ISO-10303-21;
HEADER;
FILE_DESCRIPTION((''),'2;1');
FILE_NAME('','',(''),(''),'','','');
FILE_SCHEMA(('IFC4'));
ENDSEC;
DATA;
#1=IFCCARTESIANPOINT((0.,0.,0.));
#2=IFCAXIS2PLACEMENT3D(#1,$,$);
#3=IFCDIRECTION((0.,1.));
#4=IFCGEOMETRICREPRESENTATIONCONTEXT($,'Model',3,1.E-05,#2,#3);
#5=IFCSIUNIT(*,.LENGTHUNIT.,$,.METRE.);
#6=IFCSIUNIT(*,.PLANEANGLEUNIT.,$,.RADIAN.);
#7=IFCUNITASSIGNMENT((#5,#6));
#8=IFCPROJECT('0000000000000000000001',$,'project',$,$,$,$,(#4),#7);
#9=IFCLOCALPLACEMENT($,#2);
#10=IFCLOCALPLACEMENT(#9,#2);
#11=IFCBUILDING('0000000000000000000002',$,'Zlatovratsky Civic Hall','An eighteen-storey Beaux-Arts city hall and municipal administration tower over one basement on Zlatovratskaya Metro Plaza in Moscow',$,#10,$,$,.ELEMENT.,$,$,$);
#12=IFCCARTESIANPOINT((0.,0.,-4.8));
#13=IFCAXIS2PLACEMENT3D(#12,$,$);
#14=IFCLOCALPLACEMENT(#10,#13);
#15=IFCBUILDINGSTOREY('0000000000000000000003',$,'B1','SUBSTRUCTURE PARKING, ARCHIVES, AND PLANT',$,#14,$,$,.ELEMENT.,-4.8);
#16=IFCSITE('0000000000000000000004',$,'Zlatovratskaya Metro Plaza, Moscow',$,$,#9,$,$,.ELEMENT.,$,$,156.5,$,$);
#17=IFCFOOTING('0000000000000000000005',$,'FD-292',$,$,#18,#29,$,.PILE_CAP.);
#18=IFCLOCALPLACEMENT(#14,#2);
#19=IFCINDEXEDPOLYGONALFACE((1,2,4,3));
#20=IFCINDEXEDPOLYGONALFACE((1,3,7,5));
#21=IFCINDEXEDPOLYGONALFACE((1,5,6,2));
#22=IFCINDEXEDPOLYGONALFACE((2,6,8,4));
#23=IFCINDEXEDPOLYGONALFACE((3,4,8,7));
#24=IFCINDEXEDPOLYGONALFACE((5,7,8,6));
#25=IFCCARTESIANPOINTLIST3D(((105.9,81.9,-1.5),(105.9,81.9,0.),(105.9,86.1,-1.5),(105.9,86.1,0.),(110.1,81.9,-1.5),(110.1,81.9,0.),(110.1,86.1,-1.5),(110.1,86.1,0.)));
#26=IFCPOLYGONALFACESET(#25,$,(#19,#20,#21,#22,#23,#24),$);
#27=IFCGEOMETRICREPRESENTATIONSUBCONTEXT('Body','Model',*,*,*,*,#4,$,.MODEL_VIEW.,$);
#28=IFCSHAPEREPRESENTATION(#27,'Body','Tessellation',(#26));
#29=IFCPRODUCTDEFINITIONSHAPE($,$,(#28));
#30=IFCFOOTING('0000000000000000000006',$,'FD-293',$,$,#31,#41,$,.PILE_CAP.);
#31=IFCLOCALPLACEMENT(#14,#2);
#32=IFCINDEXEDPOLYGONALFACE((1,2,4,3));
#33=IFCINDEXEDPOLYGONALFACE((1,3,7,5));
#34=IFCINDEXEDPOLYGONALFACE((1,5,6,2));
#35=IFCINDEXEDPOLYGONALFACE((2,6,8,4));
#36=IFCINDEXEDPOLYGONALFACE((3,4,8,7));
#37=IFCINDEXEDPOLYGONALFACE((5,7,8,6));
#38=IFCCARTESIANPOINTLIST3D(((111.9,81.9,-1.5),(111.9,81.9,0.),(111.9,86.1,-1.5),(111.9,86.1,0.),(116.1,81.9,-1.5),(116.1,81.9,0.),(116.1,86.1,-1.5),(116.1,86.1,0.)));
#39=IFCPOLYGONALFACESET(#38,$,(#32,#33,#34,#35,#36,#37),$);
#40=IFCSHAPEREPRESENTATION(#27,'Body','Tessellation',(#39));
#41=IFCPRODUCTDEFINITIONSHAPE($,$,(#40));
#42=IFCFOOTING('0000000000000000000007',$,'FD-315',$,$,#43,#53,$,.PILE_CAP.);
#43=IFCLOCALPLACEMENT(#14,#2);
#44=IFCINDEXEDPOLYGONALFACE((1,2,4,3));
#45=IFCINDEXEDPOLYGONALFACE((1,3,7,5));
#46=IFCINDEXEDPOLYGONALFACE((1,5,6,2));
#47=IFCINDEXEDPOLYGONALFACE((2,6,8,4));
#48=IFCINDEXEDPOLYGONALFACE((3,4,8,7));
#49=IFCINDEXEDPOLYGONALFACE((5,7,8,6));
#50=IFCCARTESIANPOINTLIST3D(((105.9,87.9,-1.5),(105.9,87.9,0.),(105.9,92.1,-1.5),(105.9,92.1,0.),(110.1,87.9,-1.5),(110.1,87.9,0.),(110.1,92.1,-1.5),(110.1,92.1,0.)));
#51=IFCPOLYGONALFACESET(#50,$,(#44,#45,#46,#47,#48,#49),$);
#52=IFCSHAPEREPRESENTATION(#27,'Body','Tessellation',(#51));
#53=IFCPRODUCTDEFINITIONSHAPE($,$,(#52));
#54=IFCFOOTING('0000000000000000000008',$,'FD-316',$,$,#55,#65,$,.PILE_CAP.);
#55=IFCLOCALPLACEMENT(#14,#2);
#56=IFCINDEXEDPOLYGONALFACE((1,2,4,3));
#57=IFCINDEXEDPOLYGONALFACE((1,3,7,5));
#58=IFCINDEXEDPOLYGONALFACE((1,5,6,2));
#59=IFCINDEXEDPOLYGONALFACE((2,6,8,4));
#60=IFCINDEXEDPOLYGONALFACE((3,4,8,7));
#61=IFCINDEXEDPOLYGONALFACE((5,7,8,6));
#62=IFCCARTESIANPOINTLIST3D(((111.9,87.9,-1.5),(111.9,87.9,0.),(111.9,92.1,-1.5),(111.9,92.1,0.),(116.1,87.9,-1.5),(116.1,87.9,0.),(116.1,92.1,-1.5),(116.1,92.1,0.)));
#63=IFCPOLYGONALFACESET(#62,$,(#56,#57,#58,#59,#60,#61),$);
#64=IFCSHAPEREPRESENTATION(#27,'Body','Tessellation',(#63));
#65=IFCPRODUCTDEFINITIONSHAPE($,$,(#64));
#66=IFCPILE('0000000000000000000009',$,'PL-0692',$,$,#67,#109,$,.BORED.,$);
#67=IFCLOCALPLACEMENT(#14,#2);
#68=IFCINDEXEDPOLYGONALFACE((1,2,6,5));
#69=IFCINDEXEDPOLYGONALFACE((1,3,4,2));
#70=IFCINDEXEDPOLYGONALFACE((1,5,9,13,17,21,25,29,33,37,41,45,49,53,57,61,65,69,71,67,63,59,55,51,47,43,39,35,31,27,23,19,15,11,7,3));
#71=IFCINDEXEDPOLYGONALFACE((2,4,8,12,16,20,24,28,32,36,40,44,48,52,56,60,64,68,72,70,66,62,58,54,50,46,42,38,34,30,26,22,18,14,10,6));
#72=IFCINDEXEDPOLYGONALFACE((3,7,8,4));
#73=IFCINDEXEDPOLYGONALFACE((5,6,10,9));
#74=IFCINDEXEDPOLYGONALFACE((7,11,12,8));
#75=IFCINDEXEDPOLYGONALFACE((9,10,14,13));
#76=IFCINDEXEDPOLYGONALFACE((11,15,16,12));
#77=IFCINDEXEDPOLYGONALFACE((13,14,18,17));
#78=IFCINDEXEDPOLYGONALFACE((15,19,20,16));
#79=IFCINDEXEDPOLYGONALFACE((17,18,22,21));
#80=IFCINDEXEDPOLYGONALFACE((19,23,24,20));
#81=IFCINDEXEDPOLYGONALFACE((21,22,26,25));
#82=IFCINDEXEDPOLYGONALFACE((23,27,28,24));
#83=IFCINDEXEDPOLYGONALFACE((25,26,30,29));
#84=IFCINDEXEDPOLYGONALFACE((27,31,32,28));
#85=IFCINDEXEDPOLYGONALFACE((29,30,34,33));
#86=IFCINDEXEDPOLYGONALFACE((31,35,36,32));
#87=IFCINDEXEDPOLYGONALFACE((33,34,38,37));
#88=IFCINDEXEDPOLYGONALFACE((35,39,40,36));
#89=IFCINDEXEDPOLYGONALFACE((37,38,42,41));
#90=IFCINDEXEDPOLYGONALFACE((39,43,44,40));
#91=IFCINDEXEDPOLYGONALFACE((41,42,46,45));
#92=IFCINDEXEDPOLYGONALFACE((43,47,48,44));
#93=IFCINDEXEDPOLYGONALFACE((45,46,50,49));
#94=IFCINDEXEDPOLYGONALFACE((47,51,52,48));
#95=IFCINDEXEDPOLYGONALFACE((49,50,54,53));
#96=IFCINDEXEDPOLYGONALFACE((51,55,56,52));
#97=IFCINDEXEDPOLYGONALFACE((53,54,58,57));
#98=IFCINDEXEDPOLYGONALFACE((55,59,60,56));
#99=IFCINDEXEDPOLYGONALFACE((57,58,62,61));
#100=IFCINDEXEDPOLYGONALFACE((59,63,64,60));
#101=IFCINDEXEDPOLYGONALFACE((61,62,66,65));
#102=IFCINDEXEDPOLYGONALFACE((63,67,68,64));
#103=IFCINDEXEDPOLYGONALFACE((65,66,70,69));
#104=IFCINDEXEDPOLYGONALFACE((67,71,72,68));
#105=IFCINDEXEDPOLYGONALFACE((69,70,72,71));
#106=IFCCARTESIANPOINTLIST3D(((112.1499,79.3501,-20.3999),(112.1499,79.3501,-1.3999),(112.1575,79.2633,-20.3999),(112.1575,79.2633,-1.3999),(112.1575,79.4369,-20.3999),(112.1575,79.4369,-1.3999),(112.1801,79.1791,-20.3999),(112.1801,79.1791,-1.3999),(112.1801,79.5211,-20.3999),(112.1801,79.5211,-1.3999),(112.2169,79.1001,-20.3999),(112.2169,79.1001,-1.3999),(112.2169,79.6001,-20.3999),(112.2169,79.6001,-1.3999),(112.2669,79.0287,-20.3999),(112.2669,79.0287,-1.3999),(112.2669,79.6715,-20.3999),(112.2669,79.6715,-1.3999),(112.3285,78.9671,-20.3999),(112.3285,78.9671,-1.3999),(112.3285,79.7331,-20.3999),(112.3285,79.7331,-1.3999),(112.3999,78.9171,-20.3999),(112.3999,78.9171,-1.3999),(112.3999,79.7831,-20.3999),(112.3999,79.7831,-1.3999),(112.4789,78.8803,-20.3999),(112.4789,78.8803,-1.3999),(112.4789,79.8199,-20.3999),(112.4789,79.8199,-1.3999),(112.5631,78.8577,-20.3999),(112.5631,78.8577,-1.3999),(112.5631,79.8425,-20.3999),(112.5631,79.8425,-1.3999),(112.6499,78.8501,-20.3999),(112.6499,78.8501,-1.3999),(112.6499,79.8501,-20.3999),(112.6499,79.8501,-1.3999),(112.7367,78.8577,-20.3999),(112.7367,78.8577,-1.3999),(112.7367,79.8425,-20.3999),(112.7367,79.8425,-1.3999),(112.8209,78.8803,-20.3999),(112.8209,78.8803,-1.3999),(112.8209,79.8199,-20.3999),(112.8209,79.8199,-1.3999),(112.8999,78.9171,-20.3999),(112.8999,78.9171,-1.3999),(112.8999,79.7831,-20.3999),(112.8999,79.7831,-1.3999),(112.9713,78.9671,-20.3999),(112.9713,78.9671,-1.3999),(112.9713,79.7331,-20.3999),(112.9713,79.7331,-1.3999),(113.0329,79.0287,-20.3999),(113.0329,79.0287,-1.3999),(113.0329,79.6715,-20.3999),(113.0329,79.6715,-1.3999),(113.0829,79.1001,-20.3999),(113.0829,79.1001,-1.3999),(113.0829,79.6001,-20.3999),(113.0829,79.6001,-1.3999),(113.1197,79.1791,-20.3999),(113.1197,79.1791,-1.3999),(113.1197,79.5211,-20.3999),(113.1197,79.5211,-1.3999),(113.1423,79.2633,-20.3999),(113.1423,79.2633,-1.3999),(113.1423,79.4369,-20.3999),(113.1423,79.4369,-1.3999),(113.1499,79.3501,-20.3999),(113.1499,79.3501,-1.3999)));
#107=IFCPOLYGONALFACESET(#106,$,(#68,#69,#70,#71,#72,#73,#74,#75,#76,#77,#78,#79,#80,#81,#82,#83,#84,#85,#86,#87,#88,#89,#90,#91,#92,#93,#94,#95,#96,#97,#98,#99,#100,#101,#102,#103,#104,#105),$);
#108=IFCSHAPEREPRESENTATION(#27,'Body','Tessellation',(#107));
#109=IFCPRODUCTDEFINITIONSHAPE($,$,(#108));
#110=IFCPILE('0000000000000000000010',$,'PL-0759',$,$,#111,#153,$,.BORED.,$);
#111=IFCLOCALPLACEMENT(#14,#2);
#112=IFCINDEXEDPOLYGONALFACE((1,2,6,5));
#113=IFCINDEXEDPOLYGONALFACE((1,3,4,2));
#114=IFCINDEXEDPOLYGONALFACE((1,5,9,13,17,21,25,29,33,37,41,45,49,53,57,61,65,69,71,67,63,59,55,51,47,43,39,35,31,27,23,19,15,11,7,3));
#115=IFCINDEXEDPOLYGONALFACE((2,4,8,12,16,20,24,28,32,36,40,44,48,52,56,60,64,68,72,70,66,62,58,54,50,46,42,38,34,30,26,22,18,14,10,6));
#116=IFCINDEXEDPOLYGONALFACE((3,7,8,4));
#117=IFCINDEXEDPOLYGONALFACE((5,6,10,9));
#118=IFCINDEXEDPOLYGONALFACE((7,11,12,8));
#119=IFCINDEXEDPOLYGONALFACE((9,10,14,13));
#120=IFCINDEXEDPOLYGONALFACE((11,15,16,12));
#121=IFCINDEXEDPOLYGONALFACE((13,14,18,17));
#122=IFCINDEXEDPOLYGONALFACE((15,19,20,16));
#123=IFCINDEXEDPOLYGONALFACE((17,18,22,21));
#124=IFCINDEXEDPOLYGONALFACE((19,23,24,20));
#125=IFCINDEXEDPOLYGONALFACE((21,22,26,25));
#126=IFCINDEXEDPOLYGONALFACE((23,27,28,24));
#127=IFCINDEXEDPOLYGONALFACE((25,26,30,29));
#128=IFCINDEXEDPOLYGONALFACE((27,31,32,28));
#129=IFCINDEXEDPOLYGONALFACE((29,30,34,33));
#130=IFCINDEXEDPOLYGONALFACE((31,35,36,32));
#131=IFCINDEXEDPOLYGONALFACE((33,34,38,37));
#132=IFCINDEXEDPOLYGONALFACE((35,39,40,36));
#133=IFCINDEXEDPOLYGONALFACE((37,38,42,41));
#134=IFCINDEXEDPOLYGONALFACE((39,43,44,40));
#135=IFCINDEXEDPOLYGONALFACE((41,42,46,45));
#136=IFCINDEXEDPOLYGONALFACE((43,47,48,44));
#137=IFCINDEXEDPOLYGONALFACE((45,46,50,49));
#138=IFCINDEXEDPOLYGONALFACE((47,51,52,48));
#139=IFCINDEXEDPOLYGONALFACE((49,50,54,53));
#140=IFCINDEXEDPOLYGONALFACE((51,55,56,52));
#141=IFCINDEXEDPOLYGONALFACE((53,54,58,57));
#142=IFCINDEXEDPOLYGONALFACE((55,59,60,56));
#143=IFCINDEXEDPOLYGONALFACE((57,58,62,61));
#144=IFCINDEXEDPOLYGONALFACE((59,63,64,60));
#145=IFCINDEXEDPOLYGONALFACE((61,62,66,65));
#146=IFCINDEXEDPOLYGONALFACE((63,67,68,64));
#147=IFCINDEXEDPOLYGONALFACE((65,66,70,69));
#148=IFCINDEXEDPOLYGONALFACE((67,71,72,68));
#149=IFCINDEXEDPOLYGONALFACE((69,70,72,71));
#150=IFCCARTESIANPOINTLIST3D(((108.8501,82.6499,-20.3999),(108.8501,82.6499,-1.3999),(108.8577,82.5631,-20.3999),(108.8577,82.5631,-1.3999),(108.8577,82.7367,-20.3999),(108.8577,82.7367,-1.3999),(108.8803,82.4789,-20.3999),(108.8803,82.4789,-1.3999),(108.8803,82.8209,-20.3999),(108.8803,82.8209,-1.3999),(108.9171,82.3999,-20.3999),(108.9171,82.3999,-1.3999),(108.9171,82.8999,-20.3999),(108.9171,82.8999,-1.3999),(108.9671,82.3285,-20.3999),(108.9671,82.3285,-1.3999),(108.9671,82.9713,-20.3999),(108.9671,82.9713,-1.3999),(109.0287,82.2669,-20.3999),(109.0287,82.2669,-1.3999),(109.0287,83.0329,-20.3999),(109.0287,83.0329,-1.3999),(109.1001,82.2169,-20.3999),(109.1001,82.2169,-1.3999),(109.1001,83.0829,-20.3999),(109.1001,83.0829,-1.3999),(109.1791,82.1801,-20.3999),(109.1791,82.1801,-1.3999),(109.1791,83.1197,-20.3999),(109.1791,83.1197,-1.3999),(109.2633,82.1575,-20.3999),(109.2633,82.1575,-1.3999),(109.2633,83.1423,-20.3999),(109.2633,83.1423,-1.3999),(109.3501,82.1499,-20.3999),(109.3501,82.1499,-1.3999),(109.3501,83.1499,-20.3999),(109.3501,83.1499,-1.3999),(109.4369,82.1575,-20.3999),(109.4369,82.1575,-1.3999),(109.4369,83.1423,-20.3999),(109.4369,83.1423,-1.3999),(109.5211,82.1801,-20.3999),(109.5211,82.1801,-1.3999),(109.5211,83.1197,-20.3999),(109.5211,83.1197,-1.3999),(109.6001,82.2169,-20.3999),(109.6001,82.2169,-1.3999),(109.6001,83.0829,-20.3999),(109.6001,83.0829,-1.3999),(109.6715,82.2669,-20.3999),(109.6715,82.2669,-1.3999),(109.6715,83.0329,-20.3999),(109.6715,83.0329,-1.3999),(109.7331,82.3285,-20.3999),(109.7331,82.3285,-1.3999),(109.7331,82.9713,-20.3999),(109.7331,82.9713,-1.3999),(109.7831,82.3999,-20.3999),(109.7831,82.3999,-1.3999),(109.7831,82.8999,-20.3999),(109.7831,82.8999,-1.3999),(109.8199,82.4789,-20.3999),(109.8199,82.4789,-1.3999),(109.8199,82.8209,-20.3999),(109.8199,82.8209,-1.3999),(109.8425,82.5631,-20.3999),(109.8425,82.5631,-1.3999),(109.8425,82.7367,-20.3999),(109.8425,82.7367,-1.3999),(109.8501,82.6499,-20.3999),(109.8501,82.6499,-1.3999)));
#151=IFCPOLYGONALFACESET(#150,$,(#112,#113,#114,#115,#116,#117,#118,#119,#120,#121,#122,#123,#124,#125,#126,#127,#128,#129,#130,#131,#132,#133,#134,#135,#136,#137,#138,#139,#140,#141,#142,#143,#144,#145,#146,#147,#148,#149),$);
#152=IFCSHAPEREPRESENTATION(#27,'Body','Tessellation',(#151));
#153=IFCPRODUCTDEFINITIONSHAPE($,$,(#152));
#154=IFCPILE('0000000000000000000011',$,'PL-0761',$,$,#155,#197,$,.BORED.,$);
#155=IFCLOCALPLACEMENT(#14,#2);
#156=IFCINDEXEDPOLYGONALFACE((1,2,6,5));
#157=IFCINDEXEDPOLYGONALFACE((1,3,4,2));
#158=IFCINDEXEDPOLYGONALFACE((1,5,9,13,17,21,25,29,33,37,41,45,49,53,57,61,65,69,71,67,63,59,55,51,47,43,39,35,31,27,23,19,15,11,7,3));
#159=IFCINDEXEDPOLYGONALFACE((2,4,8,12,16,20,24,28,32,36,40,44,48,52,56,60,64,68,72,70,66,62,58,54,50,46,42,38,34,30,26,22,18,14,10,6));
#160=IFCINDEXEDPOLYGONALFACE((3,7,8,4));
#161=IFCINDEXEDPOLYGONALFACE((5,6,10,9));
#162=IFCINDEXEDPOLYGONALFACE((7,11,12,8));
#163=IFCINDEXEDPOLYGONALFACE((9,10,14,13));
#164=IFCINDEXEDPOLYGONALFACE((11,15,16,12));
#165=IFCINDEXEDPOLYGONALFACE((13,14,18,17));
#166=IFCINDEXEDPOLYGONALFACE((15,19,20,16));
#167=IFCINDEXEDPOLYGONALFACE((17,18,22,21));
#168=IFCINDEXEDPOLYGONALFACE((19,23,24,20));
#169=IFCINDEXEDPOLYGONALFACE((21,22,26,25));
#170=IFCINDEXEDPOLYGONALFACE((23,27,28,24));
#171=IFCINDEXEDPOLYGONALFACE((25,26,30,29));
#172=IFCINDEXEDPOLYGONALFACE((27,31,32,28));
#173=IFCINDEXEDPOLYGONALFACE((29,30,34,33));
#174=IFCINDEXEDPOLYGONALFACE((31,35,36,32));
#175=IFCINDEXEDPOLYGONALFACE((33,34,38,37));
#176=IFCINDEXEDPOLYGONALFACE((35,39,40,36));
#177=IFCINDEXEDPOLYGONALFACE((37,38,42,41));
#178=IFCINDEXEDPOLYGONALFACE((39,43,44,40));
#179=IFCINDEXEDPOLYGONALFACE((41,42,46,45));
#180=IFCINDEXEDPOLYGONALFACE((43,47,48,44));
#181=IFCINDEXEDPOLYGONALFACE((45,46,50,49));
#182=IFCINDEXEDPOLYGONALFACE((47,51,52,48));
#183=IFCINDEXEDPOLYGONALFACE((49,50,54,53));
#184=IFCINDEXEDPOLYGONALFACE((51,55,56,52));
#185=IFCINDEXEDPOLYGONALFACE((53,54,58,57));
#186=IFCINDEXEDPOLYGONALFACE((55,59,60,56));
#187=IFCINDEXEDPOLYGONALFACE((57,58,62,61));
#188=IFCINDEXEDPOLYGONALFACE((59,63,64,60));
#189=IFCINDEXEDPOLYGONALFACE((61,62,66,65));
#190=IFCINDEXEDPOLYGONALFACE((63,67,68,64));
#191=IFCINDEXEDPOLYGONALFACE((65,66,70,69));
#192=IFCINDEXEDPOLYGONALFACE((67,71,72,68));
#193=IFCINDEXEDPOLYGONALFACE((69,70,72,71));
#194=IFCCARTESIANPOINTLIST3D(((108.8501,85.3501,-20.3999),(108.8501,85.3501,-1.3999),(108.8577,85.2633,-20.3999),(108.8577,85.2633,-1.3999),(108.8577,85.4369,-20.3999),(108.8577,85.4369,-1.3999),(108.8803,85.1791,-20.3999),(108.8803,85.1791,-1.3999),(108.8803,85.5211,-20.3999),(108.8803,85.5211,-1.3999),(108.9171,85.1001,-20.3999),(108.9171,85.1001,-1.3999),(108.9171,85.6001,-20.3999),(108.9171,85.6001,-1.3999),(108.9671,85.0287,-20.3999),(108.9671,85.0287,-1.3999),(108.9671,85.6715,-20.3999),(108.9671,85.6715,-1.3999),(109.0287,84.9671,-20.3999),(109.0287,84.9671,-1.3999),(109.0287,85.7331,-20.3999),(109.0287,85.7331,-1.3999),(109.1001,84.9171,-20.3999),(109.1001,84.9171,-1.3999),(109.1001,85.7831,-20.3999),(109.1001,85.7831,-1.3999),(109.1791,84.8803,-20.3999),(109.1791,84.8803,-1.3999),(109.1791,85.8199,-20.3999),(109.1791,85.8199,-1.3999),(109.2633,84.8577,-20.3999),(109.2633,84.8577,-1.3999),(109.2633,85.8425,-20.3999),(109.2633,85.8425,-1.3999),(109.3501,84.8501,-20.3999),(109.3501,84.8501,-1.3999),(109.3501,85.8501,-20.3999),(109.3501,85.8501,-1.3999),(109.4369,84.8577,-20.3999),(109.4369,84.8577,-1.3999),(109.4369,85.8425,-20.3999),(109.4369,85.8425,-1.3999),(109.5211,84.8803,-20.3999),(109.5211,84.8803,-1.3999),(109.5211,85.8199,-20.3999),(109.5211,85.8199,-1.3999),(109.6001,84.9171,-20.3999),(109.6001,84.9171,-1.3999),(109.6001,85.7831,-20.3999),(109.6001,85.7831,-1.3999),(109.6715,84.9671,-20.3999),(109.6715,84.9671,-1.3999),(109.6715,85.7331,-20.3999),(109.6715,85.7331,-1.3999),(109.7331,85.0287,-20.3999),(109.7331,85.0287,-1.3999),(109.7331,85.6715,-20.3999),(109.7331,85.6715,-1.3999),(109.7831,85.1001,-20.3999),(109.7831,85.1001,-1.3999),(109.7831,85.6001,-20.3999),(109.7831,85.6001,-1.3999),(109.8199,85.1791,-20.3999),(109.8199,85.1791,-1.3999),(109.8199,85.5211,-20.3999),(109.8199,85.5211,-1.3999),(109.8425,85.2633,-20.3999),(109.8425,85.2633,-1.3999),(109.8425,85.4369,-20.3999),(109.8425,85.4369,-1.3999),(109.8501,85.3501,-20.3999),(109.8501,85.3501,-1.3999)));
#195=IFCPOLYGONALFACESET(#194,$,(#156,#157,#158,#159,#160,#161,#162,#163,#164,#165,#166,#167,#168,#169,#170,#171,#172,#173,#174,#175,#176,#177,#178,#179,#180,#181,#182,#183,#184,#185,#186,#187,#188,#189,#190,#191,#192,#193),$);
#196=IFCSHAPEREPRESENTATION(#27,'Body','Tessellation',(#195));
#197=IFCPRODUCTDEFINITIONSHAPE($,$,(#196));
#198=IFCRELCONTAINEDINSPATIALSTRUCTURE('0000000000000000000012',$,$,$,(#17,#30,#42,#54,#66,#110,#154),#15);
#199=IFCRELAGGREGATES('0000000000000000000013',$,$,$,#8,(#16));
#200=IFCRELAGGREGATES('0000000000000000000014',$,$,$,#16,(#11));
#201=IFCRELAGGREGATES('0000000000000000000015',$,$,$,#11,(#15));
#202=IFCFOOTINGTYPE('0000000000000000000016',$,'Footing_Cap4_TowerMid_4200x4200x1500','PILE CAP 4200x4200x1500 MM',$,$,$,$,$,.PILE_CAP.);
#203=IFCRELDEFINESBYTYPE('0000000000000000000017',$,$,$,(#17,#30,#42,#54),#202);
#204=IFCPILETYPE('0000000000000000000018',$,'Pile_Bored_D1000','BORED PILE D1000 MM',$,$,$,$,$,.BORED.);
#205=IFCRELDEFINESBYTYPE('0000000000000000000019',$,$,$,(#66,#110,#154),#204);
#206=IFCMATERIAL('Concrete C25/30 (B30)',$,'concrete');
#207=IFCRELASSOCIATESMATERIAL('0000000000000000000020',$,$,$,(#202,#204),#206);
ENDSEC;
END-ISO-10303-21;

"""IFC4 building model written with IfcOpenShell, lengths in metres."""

from ifc_helpers import new_model, si_unit, direction, frame, origin, origin_2d, place, context, subcontext, project, spatial, rectangle, circle, extrude, material, material_profile, profile_set, type_object, element, save


model = new_model("IFC4")

# Units and contexts
model_context = context("Model", 3, precision=1e-05, world=origin(), true_north=direction((0.0, 1.0)))
body_context = subcontext(model_context, "Body", "Model", "MODEL_VIEW")
ifc_project = project(units=[si_unit("LENGTHUNIT", "METRE"), si_unit("PLANEANGLEUNIT", "RADIAN")], contexts=[model_context])

# Site, building, storey
site_placement = place(None, origin())
site = spatial("IfcSite", under=ifc_project, at=site_placement, Name="Zlatovratskaya Metro Plaza, Moscow", CompositionType="ELEMENT", RefElevation=156.5)
building_placement = place(site_placement, origin())
building = spatial("IfcBuilding", under=site, at=building_placement, Name="Zlatovratsky Civic Hall", Description="An eighteen-storey Beaux-Arts city hall and municipal administration tower over one basement on Zlatovratskaya Metro Plaza in Moscow", CompositionType="ELEMENT")
storey_placement = place(building_placement, frame((0.0, 0.0, -4.8)))
storey = spatial("IfcBuildingStorey", under=building, at=storey_placement, Name="B1", Description="SUBSTRUCTURE PARKING, ARCHIVES, AND PLANT", CompositionType="ELEMENT", Elevation=-4.8)

# Footings
ifc_material_1 = material(Name="Concrete C25/30 (B30)", Category="concrete")
footing_type = type_object("IfcFootingType", Name="Footing_Cap4_TowerMid_4200x4200x1500", Description="PILE CAP 4200x4200x1500 MM", PredefinedType="PILE_CAP", material=ifc_material_1)
for number, where, z_axis, x_axis, name in (
    (1, (108.0, 84.0, -1.5), (0.0, 0.0, 1.0), (1.0, 0.0, 0.0), "FD-292"),
    (2, (114.0, 84.0, -1.5), (0.0, 0.0, 1.0), (1.0, 0.0, 0.0), "FD-293"),
    (3, (108.0, 90.0, -1.5), (0.0, 0.0, 1.0), (1.0, 0.0, 0.0), "FD-315"),
    (4, (114.0, 90.0, -1.5), (0.0, 0.0, 1.0), (1.0, 0.0, 0.0), "FD-316"),
):
    element("IfcFooting", number, at=place(storey_placement, frame(where, z_axis=z_axis, x_axis=x_axis)), inside=storey, type_object=footing_type, Name=name, PredefinedType="PILE_CAP", context=body_context, shape_type="SweptSolid", body=[
        extrude(rectangle(XDim=4.2, YDim=4.2, at=origin_2d()), origin(), (0.0, 0.0, 1.0), 1.5),
    ])

# Piles
ifc_material_profile_1 = material_profile(ifc_material_1, circle(Radius=0.5, at=origin_2d()), Name="PILE D1000")
ifc_profile_set_1 = profile_set([ifc_material_profile_1], Name="Concrete C25/30 (B30)")
pile_type = type_object("IfcPileType", Name="Pile_Bored_D1000", Description="BORED PILE D1000 MM", PredefinedType="BORED", material=ifc_profile_set_1)
for number, where, z_axis, x_axis, name in (
    (5, (112.6499, 79.3501, -1.3999), (0.0, 0.0, -1.0), (1.0, 0.0, 0.0), "PL-0692"),
    (6, (109.3501, 82.6499, -1.3999), (0.0, 0.0, -1.0), (1.0, 0.0, 0.0), "PL-0759"),
    (7, (109.3501, 85.3501, -1.3999), (0.0, 0.0, -1.0), (1.0, 0.0, 0.0), "PL-0761"),
):
    element("IfcPile", number, at=place(storey_placement, frame(where, z_axis=z_axis, x_axis=x_axis)), inside=storey, type_object=pile_type, Name=name, PredefinedType="BORED", context=body_context, shape_type="SweptSolid", body=[
        extrude(circle(Radius=0.5, at=origin_2d()), origin(), (0.0, 0.0, 1.0), 19.0),
    ])

save(model, "model.ifc")
